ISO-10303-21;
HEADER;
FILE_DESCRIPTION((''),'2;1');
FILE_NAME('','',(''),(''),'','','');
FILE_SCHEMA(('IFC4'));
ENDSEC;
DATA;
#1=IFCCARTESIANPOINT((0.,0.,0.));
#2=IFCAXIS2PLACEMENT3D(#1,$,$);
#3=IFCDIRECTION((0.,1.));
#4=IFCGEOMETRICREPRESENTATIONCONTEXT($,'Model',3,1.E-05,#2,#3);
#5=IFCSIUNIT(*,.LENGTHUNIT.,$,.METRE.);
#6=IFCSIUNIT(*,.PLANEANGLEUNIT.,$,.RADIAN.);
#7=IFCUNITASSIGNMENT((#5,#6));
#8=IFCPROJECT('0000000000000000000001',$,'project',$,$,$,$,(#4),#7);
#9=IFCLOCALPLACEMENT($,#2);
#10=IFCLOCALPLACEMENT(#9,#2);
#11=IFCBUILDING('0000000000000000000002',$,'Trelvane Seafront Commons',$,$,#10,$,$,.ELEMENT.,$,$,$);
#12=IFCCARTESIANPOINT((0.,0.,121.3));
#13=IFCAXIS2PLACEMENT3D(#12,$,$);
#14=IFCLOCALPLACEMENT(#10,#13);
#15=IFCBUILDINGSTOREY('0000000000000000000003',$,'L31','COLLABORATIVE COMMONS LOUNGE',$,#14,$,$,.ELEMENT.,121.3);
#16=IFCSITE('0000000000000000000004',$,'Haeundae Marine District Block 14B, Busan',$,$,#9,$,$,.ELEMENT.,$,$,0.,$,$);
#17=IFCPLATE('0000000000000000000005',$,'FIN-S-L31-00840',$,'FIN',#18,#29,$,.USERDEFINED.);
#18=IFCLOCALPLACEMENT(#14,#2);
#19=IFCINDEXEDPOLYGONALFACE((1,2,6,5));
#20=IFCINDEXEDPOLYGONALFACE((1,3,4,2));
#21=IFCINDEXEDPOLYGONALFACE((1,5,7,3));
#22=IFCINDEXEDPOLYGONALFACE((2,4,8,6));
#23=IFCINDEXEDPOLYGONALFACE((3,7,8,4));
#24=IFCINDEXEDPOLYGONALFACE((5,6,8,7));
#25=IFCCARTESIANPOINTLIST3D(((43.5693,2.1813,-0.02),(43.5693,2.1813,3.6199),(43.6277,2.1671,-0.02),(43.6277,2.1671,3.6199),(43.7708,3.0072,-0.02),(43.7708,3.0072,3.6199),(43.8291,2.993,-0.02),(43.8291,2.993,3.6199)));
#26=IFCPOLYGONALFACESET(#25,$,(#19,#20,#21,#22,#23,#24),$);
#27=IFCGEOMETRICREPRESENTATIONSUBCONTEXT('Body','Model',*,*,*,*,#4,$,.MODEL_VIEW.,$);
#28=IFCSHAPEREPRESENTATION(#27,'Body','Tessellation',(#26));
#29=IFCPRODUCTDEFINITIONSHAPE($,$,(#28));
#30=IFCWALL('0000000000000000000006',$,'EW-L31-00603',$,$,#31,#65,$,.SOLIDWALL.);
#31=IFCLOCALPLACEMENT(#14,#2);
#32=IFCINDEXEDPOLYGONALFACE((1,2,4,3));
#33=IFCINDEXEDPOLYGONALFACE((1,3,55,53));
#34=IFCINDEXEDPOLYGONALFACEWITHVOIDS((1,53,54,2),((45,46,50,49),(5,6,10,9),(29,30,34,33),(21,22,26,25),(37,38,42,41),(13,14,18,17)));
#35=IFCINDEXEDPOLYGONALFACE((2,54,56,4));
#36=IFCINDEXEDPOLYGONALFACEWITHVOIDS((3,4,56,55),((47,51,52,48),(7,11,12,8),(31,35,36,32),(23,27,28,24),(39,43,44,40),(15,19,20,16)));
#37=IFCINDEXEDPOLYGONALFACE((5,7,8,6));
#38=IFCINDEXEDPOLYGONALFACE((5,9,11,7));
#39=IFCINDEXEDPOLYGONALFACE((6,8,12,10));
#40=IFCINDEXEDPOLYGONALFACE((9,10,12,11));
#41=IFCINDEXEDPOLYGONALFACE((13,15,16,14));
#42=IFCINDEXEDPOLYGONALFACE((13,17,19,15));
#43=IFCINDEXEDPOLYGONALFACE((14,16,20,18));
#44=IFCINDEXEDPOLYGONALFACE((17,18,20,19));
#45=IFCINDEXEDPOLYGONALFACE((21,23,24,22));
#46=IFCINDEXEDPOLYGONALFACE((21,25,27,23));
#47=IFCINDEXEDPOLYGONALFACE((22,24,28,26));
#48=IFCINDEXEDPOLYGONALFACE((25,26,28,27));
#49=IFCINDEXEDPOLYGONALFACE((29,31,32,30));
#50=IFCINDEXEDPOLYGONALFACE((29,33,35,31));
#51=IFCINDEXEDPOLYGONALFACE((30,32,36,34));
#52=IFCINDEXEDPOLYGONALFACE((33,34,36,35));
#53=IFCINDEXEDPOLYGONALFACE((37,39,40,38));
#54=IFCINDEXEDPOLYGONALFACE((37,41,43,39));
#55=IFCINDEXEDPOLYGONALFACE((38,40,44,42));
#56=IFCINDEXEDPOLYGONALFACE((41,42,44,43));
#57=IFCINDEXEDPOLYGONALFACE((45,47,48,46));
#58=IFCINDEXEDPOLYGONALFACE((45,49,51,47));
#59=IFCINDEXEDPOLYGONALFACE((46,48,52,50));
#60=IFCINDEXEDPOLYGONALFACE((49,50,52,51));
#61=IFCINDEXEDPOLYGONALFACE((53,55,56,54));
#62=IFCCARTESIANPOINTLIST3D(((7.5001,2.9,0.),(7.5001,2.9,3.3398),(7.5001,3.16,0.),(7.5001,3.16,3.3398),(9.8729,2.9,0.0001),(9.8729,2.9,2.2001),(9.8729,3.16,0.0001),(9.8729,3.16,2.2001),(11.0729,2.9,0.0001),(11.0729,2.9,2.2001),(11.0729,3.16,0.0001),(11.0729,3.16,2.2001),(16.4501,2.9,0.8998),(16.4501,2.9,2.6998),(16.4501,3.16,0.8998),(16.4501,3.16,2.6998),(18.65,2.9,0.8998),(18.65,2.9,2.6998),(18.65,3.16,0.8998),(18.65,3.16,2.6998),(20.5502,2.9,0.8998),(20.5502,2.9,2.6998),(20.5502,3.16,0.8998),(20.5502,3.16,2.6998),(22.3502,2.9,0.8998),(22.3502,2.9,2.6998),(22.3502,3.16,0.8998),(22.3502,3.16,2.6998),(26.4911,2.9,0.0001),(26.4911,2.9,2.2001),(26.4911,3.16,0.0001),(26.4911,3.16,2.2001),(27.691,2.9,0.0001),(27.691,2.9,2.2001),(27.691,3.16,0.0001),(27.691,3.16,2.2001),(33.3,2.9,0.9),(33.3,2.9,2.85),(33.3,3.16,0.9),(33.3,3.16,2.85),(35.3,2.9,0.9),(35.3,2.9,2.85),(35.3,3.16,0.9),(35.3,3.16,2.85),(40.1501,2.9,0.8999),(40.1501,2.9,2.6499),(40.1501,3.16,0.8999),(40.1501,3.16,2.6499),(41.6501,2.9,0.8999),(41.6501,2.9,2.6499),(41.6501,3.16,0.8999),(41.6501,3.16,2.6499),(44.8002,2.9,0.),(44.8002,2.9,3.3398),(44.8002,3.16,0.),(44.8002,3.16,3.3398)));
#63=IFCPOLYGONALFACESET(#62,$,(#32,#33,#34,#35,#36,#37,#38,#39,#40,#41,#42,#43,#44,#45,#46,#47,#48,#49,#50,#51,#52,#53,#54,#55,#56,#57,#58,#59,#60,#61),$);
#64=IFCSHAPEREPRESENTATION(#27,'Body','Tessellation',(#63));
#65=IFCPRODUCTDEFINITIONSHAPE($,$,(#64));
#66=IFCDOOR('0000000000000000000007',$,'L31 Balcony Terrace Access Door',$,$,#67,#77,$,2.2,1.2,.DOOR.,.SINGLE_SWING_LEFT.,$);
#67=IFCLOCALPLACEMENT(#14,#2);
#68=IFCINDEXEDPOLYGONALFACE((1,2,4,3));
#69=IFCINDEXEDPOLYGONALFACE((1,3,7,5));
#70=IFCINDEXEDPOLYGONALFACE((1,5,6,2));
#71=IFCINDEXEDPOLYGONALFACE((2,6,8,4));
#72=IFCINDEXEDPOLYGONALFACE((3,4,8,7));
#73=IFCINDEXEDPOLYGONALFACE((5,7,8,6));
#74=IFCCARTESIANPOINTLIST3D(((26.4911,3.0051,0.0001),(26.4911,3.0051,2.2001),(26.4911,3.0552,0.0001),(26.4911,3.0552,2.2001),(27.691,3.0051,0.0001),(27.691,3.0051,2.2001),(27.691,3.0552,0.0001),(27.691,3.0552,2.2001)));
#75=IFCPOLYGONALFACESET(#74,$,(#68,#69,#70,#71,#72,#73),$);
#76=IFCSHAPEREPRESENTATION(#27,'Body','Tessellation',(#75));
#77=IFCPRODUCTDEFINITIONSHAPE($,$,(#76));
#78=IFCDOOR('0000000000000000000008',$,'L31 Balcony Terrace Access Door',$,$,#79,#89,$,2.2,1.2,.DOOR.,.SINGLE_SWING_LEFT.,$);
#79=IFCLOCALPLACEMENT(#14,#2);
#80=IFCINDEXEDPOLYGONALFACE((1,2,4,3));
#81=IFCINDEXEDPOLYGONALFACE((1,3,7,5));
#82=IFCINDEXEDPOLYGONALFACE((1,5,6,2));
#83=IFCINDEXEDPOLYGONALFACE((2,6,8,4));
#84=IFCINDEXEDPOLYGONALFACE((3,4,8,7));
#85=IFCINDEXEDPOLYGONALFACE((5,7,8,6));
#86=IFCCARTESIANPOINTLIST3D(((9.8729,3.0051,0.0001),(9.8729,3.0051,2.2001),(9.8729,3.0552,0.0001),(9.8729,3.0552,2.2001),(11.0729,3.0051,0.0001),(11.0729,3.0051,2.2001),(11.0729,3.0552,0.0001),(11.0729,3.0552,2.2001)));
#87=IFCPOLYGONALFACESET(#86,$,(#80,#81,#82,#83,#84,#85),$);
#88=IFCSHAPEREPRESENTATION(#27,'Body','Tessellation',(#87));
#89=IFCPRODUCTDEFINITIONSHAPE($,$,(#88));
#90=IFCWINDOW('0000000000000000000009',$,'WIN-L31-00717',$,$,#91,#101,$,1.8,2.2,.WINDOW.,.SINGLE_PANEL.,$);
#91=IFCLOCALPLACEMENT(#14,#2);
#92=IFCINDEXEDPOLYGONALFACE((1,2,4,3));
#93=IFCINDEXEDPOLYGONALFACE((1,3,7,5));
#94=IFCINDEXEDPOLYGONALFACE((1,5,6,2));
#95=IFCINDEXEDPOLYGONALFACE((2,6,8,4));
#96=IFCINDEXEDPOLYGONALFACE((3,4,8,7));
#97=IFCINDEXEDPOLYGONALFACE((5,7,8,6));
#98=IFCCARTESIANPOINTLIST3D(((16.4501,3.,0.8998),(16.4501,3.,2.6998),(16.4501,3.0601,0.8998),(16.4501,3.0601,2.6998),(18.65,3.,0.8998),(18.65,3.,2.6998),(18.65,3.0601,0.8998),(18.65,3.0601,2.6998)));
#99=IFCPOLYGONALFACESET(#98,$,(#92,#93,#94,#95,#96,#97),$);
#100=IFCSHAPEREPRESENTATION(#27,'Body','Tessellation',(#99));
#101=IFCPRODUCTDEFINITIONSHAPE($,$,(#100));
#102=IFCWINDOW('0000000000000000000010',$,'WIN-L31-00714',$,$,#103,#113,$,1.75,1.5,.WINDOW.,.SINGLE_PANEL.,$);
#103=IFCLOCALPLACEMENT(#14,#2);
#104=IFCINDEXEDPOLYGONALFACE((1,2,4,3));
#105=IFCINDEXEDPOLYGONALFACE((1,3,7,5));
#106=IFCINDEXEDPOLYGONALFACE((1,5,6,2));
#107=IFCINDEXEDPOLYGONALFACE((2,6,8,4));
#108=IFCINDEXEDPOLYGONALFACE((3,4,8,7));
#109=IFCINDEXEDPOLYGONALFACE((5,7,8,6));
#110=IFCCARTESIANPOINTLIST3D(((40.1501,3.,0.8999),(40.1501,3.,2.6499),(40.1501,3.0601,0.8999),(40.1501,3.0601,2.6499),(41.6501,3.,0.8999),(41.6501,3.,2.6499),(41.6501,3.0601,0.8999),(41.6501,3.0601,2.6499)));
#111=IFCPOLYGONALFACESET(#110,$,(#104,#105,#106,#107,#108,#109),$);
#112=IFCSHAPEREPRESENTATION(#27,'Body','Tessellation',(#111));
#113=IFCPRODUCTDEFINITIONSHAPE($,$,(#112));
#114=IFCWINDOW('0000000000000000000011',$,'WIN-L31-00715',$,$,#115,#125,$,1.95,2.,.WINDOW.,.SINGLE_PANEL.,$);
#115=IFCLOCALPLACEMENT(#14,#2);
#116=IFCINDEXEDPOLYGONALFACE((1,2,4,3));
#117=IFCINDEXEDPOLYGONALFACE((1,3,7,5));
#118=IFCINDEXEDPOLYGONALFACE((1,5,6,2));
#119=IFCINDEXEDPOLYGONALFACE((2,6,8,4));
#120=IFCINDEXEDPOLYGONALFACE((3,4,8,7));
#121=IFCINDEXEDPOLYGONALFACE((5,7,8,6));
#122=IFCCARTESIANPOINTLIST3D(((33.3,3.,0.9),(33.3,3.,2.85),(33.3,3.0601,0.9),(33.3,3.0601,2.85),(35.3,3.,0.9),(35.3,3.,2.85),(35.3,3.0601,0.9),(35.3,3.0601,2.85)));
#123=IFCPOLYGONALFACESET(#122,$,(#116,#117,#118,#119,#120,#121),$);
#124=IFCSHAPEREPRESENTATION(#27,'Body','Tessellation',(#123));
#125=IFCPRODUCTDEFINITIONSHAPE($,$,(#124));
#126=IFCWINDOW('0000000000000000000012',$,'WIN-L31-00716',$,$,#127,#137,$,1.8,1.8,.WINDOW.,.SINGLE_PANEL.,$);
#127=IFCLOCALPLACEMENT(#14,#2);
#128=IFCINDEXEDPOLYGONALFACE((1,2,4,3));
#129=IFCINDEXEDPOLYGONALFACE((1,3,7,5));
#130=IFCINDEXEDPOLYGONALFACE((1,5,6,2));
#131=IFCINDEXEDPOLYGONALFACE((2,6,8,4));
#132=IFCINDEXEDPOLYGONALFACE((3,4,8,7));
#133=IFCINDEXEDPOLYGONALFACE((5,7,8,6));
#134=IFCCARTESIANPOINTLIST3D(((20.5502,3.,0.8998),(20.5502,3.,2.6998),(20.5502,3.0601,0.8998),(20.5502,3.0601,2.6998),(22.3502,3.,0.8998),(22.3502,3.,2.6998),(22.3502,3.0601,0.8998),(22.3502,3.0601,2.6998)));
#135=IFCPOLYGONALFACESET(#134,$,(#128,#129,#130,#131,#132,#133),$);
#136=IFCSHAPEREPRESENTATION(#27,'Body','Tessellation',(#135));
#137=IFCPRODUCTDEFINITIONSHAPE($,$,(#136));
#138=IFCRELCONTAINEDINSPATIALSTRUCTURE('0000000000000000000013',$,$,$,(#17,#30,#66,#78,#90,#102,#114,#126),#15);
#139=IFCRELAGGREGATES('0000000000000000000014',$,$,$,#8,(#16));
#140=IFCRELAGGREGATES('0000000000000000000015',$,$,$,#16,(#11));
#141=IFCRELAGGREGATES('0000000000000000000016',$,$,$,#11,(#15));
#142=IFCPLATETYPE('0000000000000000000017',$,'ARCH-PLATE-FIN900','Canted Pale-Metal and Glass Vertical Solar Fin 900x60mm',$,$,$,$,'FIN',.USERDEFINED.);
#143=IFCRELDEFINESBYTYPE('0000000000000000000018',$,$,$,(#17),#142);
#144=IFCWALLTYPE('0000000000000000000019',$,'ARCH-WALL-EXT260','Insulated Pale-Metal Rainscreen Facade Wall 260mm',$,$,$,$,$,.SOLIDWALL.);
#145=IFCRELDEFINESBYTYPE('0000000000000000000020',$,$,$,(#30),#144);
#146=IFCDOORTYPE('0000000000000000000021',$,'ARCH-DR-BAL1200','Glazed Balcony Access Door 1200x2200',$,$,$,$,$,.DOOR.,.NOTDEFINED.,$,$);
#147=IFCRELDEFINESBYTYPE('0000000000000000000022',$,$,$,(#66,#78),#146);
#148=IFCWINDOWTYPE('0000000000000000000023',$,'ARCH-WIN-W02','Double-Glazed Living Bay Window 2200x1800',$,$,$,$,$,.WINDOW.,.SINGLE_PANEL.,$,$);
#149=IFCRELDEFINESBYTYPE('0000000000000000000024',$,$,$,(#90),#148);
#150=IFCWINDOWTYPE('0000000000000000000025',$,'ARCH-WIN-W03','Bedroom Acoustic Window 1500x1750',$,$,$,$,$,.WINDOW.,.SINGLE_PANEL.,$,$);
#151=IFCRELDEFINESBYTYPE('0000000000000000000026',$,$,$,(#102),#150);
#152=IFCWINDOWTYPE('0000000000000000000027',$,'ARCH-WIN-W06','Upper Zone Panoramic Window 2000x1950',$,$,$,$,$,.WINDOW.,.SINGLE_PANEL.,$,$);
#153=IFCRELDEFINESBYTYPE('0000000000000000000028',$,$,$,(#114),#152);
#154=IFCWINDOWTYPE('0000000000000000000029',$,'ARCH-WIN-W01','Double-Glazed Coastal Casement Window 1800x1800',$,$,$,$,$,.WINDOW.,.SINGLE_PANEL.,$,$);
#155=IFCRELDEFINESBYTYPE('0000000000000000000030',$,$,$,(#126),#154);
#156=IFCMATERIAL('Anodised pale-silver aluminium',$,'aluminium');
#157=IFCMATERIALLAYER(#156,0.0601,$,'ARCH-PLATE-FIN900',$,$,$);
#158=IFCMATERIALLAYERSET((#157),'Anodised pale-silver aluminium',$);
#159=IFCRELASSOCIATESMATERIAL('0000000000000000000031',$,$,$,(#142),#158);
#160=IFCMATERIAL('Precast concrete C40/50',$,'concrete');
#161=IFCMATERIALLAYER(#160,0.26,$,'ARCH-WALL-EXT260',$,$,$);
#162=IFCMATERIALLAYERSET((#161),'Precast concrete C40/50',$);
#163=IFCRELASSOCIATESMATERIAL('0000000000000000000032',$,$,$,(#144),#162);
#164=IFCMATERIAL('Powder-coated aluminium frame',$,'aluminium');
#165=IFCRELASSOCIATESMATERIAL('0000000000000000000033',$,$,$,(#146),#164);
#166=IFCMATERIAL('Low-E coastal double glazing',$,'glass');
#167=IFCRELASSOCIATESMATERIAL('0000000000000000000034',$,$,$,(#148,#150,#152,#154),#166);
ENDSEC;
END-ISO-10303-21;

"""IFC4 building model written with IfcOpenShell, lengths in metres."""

from ifc_helpers import new_model, si_unit, direction, frame, frame_2d, origin, origin_2d, place, context, subcontext, project, spatial, rectangle, extrude, source, transform, mapped, material, layer, layer_set, type_object, element, fill, save


model = new_model("IFC4")

# Units and contexts
model_context = context("Model", 3, precision=1e-05, world=origin(), true_north=direction((0.0, 1.0)))
body_context = subcontext(model_context, "Body", "Model", "MODEL_VIEW")
ifc_project = project(units=[si_unit("LENGTHUNIT", "METRE"), si_unit("PLANEANGLEUNIT", "RADIAN")], contexts=[model_context])

# Site, building, storey
site_placement = place(None, origin())
site = spatial("IfcSite", under=ifc_project, at=site_placement, Name="Haeundae Marine District Block 14B, Busan", CompositionType="ELEMENT", RefElevation=0.0)
building_placement = place(site_placement, origin())
building = spatial("IfcBuilding", under=site, at=building_placement, Name="Trelvane Seafront Commons", CompositionType="ELEMENT")
storey_placement = place(building_placement, frame((0.0, 0.0, 121.3)))
storey = spatial("IfcBuildingStorey", under=building, at=storey_placement, Name="L31", Description="COLLABORATIVE COMMONS LOUNGE", CompositionType="ELEMENT", Elevation=121.3)

# Plate
ifc_material_1 = material(Name="Anodised pale-silver aluminium", Category="aluminium")
ifc_layer_1 = layer(ifc_material_1, 0.0601, Name="ARCH-PLATE-FIN900")
ifc_layer_set_1 = layer_set([ifc_layer_1], Name="Anodised pale-silver aluminium")
plate_type_1 = type_object("IfcPlateType", Name="ARCH-PLATE-FIN900", Description="Canted Pale-Metal and Glass Vertical Solar Fin 900x60mm", ElementType="FIN", PredefinedType="USERDEFINED", material=ifc_layer_set_1)
shared_shape_1 = source(origin(), body_context, "Body", "SweptSolid", [
    extrude(rectangle(XDim=0.8501, YDim=0.0601, at=origin_2d()), origin(), (0.0, 0.0, 1.0), 3.6399),
])
plate_placement = place(storey_placement, frame((43.6992, 2.5872, -0.02), z_axis=(0.0, 0.0, 1.0), x_axis=(-0.23694, -0.971524, 0.0)))
element("IfcPlate", 1, at=plate_placement, inside=storey, type_object=plate_type_1, Name="FIN-S-L31-00840", ObjectType="FIN", PredefinedType="USERDEFINED", context=body_context, shape_type="MappedRepresentation", body=[
    mapped(shared_shape_1, transform((0.0, 0.0, 0.0), x_axis=(1.0, 0.0, 0.0), y_axis=(0.0, 1.0, 0.0), z_axis=(0.0, 0.0, 1.0), scale=1.0)),
])

# Wall, openings, doors, windows
ifc_material_2 = material(Name="Precast concrete C40/50", Category="concrete")
ifc_layer_2 = layer(ifc_material_2, 0.26, Name="ARCH-WALL-EXT260")
ifc_layer_set_2 = layer_set([ifc_layer_2], Name="Precast concrete C40/50")
wall_type_1 = type_object("IfcWallType", Name="ARCH-WALL-EXT260", Description="Insulated Pale-Metal Rainscreen Facade Wall 260mm", PredefinedType="SOLIDWALL", material=ifc_layer_set_2)
wall_1_placement = place(storey_placement, frame((44.8, 3.03, 0.0), z_axis=(0.0, 0.0, 1.0), x_axis=(-1.0, 0.0, 0.0)))
wall_1 = element("IfcWall", 2, at=wall_1_placement, inside=storey, type_object=wall_type_1, Name="EW-L31-00603", PredefinedType="SOLIDWALL", context=body_context, shape_type="SweptSolid", body=[
    extrude(rectangle(XDim=37.3, YDim=0.26, at=frame_2d((18.6499, 0.0))), origin(), (0.0, 0.0, 1.0), 3.3398),
])
opening_1_placement = place(wall_1_placement, frame((3.1499, 0.0, 0.8999)))
opening_1 = element("IfcOpeningElement", 3, at=opening_1_placement, cuts=wall_1, PredefinedType="OPENING", context=body_context, shape_type="SweptSolid", body=[
    extrude(rectangle(XDim=1.5, YDim=1.75, at=frame_2d((0.75, 0.875))), frame((0.0, 0.1399, 0.0), z_axis=(0.0, -1.0, 0.0), x_axis=(1.0, 0.0, 0.0)), (0.0, 0.0, 1.0), 0.28),
])
opening_2_placement = place(wall_1_placement, frame((9.5, 0.0, 0.8999)))
opening_2 = element("IfcOpeningElement", 4, at=opening_2_placement, cuts=wall_1, PredefinedType="OPENING", context=body_context, shape_type="SweptSolid", body=[
    extrude(rectangle(XDim=2.0, YDim=1.95, at=frame_2d((1.0, 0.9751))), frame((0.0, 0.1399, 0.0), z_axis=(0.0, -1.0, 0.0), x_axis=(1.0, 0.0, 0.0)), (0.0, 0.0, 1.0), 0.28),
])
opening_3_placement = place(wall_1_placement, frame((17.1089, 0.0, 0.0)))
opening_3 = element("IfcOpeningElement", 5, at=opening_3_placement, cuts=wall_1, PredefinedType="OPENING", context=body_context, shape_type="SweptSolid", body=[
    extrude(rectangle(XDim=1.2, YDim=2.2, at=frame_2d((0.6001, 1.1001))), frame((0.0, 0.1399, 0.0), z_axis=(0.0, -1.0, 0.0), x_axis=(1.0, 0.0, 0.0)), (0.0, 0.0, 1.0), 0.28),
])
opening_4_placement = place(wall_1_placement, frame((22.45, 0.0, 0.8999)))
opening_4 = element("IfcOpeningElement", 6, at=opening_4_placement, cuts=wall_1, PredefinedType="OPENING", context=body_context, shape_type="SweptSolid", body=[
    extrude(rectangle(XDim=1.8, YDim=1.8, at=frame_2d((0.8999, 0.8999))), frame((0.0, 0.1399, 0.0), z_axis=(0.0, -1.0, 0.0), x_axis=(1.0, 0.0, 0.0)), (0.0, 0.0, 1.0), 0.28),
])
opening_5_placement = place(wall_1_placement, frame((26.1499, 0.0, 0.8999)))
opening_5 = element("IfcOpeningElement", 7, at=opening_5_placement, cuts=wall_1, PredefinedType="OPENING", context=body_context, shape_type="SweptSolid", body=[
    extrude(rectangle(XDim=2.2, YDim=1.8, at=frame_2d((1.1001, 0.8999))), frame((0.0, 0.1399, 0.0), z_axis=(0.0, -1.0, 0.0), x_axis=(1.0, 0.0, 0.0)), (0.0, 0.0, 1.0), 0.28),
])
opening_6_placement = place(wall_1_placement, frame((33.7271, 0.0, 0.0)))
opening_6 = element("IfcOpeningElement", 8, at=opening_6_placement, cuts=wall_1, PredefinedType="OPENING", context=body_context, shape_type="SweptSolid", body=[
    extrude(rectangle(XDim=1.2, YDim=2.2, at=frame_2d((0.6001, 1.1001))), frame((0.0, 0.1399, 0.0), z_axis=(0.0, -1.0, 0.0), x_axis=(1.0, 0.0, 0.0)), (0.0, 0.0, 1.0), 0.28),
])
ifc_material_3 = material(Name="Powder-coated aluminium frame", Category="aluminium")
door_type = type_object("IfcDoorType", Name="ARCH-DR-BAL1200", Description="Glazed Balcony Access Door 1200x2200", OperationType="NOTDEFINED", PredefinedType="DOOR", material=ifc_material_3)
shared_shape_2 = source(origin(), body_context, "Body", "SweptSolid", [
    extrude(rectangle(XDim=1.2, YDim=2.2, at=frame_2d((0.6001, 1.1001))), frame((0.0, 0.0249, 0.0), z_axis=(0.0, -1.0, 0.0), x_axis=(1.0, 0.0, 0.0)), (0.0, 0.0, 1.0), 0.05),
])
door_1_placement = place(opening_3_placement, origin())
door_1 = element("IfcDoor", 9, at=door_1_placement, inside=storey, type_object=door_type, Name="L31 Balcony Terrace Access Door", OperationType="SINGLE_SWING_LEFT", OverallHeight=2.2, OverallWidth=1.2, PredefinedType="DOOR", context=body_context, shape_type="MappedRepresentation", body=[
    mapped(shared_shape_2, transform((0.0, 0.0, 0.0), x_axis=(1.0, 0.0, 0.0), y_axis=(0.0, 1.0, 0.0), z_axis=(0.0, 0.0, 1.0), scale=1.0)),
])
fill(opening_3, door_1)
door_2_placement = place(opening_6_placement, origin())
door_2 = element("IfcDoor", 10, at=door_2_placement, inside=storey, type_object=door_type, Name="L31 Balcony Terrace Access Door", OperationType="SINGLE_SWING_LEFT", OverallHeight=2.2, OverallWidth=1.2, PredefinedType="DOOR", context=body_context, shape_type="MappedRepresentation", body=[
    mapped(shared_shape_2, transform((0.0, 0.0, 0.0), x_axis=(1.0, 0.0, 0.0), y_axis=(0.0, 1.0, 0.0), z_axis=(0.0, 0.0, 1.0), scale=1.0)),
])
fill(opening_6, door_2)
ifc_material_4 = material(Name="Low-E coastal double glazing", Category="glass")
window_type_1 = type_object("IfcWindowType", Name="ARCH-WIN-W02", Description="Double-Glazed Living Bay Window 2200x1800", PartitioningType="SINGLE_PANEL", PredefinedType="WINDOW", material=ifc_material_4)
shared_shape_3 = source(origin(), body_context, "Body", "SweptSolid", [
    extrude(rectangle(XDim=2.2, YDim=1.8, at=frame_2d((1.1001, 0.8999))), frame((0.0, 0.03, 0.0), z_axis=(0.0, -1.0, 0.0), x_axis=(1.0, 0.0, 0.0)), (0.0, 0.0, 1.0), 0.0601),
])
window_1_placement = place(opening_5_placement, origin())
window_1 = element("IfcWindow", 11, at=window_1_placement, inside=storey, type_object=window_type_1, Name="WIN-L31-00717", OverallHeight=1.8, OverallWidth=2.2, PartitioningType="SINGLE_PANEL", PredefinedType="WINDOW", context=body_context, shape_type="MappedRepresentation", body=[
    mapped(shared_shape_3, transform((0.0, 0.0, 0.0), x_axis=(1.0, 0.0, 0.0), y_axis=(0.0, 1.0, 0.0), z_axis=(0.0, 0.0, 1.0), scale=1.0)),
])
fill(opening_5, window_1)
window_type_2 = type_object("IfcWindowType", Name="ARCH-WIN-W03", Description="Bedroom Acoustic Window 1500x1750", PartitioningType="SINGLE_PANEL", PredefinedType="WINDOW", material=ifc_material_4)
shared_shape_4 = source(origin(), body_context, "Body", "SweptSolid", [
    extrude(rectangle(XDim=1.5, YDim=1.75, at=frame_2d((0.75, 0.875))), frame((0.0, 0.03, 0.0), z_axis=(0.0, -1.0, 0.0), x_axis=(1.0, 0.0, 0.0)), (0.0, 0.0, 1.0), 0.0601),
])
window_2_placement = place(opening_1_placement, origin())
window_2 = element("IfcWindow", 12, at=window_2_placement, inside=storey, type_object=window_type_2, Name="WIN-L31-00714", OverallHeight=1.75, OverallWidth=1.5, PartitioningType="SINGLE_PANEL", PredefinedType="WINDOW", context=body_context, shape_type="MappedRepresentation", body=[
    mapped(shared_shape_4, transform((0.0, 0.0, 0.0), x_axis=(1.0, 0.0, 0.0), y_axis=(0.0, 1.0, 0.0), z_axis=(0.0, 0.0, 1.0), scale=1.0)),
])
fill(opening_1, window_2)
window_type_3 = type_object("IfcWindowType", Name="ARCH-WIN-W06", Description="Upper Zone Panoramic Window 2000x1950", PartitioningType="SINGLE_PANEL", PredefinedType="WINDOW", material=ifc_material_4)
shared_shape_5 = source(origin(), body_context, "Body", "SweptSolid", [
    extrude(rectangle(XDim=2.0, YDim=1.95, at=frame_2d((1.0, 0.9751))), frame((0.0, 0.03, 0.0), z_axis=(0.0, -1.0, 0.0), x_axis=(1.0, 0.0, 0.0)), (0.0, 0.0, 1.0), 0.0601),
])
window_3_placement = place(opening_2_placement, origin())
window_3 = element("IfcWindow", 13, at=window_3_placement, inside=storey, type_object=window_type_3, Name="WIN-L31-00715", OverallHeight=1.95, OverallWidth=2.0, PartitioningType="SINGLE_PANEL", PredefinedType="WINDOW", context=body_context, shape_type="MappedRepresentation", body=[
    mapped(shared_shape_5, transform((0.0, 0.0, 0.0), x_axis=(1.0, 0.0, 0.0), y_axis=(0.0, 1.0, 0.0), z_axis=(0.0, 0.0, 1.0), scale=1.0)),
])
fill(opening_2, window_3)
window_type_4 = type_object("IfcWindowType", Name="ARCH-WIN-W01", Description="Double-Glazed Coastal Casement Window 1800x1800", PartitioningType="SINGLE_PANEL", PredefinedType="WINDOW", material=ifc_material_4)
shared_shape_6 = source(origin(), body_context, "Body", "SweptSolid", [
    extrude(rectangle(XDim=1.8, YDim=1.8, at=frame_2d((0.8999, 0.8999))), frame((0.0, 0.03, 0.0), z_axis=(0.0, -1.0, 0.0), x_axis=(1.0, 0.0, 0.0)), (0.0, 0.0, 1.0), 0.0601),
])
window_4_placement = place(opening_4_placement, origin())
window_4 = element("IfcWindow", 14, at=window_4_placement, inside=storey, type_object=window_type_4, Name="WIN-L31-00716", OverallHeight=1.8, OverallWidth=1.8, PartitioningType="SINGLE_PANEL", PredefinedType="WINDOW", context=body_context, shape_type="MappedRepresentation", body=[
    mapped(shared_shape_6, transform((0.0, 0.0, 0.0), x_axis=(1.0, 0.0, 0.0), y_axis=(0.0, 1.0, 0.0), z_axis=(0.0, 0.0, 1.0), scale=1.0)),
])
fill(opening_4, window_4)

save(model, "model.ifc")
